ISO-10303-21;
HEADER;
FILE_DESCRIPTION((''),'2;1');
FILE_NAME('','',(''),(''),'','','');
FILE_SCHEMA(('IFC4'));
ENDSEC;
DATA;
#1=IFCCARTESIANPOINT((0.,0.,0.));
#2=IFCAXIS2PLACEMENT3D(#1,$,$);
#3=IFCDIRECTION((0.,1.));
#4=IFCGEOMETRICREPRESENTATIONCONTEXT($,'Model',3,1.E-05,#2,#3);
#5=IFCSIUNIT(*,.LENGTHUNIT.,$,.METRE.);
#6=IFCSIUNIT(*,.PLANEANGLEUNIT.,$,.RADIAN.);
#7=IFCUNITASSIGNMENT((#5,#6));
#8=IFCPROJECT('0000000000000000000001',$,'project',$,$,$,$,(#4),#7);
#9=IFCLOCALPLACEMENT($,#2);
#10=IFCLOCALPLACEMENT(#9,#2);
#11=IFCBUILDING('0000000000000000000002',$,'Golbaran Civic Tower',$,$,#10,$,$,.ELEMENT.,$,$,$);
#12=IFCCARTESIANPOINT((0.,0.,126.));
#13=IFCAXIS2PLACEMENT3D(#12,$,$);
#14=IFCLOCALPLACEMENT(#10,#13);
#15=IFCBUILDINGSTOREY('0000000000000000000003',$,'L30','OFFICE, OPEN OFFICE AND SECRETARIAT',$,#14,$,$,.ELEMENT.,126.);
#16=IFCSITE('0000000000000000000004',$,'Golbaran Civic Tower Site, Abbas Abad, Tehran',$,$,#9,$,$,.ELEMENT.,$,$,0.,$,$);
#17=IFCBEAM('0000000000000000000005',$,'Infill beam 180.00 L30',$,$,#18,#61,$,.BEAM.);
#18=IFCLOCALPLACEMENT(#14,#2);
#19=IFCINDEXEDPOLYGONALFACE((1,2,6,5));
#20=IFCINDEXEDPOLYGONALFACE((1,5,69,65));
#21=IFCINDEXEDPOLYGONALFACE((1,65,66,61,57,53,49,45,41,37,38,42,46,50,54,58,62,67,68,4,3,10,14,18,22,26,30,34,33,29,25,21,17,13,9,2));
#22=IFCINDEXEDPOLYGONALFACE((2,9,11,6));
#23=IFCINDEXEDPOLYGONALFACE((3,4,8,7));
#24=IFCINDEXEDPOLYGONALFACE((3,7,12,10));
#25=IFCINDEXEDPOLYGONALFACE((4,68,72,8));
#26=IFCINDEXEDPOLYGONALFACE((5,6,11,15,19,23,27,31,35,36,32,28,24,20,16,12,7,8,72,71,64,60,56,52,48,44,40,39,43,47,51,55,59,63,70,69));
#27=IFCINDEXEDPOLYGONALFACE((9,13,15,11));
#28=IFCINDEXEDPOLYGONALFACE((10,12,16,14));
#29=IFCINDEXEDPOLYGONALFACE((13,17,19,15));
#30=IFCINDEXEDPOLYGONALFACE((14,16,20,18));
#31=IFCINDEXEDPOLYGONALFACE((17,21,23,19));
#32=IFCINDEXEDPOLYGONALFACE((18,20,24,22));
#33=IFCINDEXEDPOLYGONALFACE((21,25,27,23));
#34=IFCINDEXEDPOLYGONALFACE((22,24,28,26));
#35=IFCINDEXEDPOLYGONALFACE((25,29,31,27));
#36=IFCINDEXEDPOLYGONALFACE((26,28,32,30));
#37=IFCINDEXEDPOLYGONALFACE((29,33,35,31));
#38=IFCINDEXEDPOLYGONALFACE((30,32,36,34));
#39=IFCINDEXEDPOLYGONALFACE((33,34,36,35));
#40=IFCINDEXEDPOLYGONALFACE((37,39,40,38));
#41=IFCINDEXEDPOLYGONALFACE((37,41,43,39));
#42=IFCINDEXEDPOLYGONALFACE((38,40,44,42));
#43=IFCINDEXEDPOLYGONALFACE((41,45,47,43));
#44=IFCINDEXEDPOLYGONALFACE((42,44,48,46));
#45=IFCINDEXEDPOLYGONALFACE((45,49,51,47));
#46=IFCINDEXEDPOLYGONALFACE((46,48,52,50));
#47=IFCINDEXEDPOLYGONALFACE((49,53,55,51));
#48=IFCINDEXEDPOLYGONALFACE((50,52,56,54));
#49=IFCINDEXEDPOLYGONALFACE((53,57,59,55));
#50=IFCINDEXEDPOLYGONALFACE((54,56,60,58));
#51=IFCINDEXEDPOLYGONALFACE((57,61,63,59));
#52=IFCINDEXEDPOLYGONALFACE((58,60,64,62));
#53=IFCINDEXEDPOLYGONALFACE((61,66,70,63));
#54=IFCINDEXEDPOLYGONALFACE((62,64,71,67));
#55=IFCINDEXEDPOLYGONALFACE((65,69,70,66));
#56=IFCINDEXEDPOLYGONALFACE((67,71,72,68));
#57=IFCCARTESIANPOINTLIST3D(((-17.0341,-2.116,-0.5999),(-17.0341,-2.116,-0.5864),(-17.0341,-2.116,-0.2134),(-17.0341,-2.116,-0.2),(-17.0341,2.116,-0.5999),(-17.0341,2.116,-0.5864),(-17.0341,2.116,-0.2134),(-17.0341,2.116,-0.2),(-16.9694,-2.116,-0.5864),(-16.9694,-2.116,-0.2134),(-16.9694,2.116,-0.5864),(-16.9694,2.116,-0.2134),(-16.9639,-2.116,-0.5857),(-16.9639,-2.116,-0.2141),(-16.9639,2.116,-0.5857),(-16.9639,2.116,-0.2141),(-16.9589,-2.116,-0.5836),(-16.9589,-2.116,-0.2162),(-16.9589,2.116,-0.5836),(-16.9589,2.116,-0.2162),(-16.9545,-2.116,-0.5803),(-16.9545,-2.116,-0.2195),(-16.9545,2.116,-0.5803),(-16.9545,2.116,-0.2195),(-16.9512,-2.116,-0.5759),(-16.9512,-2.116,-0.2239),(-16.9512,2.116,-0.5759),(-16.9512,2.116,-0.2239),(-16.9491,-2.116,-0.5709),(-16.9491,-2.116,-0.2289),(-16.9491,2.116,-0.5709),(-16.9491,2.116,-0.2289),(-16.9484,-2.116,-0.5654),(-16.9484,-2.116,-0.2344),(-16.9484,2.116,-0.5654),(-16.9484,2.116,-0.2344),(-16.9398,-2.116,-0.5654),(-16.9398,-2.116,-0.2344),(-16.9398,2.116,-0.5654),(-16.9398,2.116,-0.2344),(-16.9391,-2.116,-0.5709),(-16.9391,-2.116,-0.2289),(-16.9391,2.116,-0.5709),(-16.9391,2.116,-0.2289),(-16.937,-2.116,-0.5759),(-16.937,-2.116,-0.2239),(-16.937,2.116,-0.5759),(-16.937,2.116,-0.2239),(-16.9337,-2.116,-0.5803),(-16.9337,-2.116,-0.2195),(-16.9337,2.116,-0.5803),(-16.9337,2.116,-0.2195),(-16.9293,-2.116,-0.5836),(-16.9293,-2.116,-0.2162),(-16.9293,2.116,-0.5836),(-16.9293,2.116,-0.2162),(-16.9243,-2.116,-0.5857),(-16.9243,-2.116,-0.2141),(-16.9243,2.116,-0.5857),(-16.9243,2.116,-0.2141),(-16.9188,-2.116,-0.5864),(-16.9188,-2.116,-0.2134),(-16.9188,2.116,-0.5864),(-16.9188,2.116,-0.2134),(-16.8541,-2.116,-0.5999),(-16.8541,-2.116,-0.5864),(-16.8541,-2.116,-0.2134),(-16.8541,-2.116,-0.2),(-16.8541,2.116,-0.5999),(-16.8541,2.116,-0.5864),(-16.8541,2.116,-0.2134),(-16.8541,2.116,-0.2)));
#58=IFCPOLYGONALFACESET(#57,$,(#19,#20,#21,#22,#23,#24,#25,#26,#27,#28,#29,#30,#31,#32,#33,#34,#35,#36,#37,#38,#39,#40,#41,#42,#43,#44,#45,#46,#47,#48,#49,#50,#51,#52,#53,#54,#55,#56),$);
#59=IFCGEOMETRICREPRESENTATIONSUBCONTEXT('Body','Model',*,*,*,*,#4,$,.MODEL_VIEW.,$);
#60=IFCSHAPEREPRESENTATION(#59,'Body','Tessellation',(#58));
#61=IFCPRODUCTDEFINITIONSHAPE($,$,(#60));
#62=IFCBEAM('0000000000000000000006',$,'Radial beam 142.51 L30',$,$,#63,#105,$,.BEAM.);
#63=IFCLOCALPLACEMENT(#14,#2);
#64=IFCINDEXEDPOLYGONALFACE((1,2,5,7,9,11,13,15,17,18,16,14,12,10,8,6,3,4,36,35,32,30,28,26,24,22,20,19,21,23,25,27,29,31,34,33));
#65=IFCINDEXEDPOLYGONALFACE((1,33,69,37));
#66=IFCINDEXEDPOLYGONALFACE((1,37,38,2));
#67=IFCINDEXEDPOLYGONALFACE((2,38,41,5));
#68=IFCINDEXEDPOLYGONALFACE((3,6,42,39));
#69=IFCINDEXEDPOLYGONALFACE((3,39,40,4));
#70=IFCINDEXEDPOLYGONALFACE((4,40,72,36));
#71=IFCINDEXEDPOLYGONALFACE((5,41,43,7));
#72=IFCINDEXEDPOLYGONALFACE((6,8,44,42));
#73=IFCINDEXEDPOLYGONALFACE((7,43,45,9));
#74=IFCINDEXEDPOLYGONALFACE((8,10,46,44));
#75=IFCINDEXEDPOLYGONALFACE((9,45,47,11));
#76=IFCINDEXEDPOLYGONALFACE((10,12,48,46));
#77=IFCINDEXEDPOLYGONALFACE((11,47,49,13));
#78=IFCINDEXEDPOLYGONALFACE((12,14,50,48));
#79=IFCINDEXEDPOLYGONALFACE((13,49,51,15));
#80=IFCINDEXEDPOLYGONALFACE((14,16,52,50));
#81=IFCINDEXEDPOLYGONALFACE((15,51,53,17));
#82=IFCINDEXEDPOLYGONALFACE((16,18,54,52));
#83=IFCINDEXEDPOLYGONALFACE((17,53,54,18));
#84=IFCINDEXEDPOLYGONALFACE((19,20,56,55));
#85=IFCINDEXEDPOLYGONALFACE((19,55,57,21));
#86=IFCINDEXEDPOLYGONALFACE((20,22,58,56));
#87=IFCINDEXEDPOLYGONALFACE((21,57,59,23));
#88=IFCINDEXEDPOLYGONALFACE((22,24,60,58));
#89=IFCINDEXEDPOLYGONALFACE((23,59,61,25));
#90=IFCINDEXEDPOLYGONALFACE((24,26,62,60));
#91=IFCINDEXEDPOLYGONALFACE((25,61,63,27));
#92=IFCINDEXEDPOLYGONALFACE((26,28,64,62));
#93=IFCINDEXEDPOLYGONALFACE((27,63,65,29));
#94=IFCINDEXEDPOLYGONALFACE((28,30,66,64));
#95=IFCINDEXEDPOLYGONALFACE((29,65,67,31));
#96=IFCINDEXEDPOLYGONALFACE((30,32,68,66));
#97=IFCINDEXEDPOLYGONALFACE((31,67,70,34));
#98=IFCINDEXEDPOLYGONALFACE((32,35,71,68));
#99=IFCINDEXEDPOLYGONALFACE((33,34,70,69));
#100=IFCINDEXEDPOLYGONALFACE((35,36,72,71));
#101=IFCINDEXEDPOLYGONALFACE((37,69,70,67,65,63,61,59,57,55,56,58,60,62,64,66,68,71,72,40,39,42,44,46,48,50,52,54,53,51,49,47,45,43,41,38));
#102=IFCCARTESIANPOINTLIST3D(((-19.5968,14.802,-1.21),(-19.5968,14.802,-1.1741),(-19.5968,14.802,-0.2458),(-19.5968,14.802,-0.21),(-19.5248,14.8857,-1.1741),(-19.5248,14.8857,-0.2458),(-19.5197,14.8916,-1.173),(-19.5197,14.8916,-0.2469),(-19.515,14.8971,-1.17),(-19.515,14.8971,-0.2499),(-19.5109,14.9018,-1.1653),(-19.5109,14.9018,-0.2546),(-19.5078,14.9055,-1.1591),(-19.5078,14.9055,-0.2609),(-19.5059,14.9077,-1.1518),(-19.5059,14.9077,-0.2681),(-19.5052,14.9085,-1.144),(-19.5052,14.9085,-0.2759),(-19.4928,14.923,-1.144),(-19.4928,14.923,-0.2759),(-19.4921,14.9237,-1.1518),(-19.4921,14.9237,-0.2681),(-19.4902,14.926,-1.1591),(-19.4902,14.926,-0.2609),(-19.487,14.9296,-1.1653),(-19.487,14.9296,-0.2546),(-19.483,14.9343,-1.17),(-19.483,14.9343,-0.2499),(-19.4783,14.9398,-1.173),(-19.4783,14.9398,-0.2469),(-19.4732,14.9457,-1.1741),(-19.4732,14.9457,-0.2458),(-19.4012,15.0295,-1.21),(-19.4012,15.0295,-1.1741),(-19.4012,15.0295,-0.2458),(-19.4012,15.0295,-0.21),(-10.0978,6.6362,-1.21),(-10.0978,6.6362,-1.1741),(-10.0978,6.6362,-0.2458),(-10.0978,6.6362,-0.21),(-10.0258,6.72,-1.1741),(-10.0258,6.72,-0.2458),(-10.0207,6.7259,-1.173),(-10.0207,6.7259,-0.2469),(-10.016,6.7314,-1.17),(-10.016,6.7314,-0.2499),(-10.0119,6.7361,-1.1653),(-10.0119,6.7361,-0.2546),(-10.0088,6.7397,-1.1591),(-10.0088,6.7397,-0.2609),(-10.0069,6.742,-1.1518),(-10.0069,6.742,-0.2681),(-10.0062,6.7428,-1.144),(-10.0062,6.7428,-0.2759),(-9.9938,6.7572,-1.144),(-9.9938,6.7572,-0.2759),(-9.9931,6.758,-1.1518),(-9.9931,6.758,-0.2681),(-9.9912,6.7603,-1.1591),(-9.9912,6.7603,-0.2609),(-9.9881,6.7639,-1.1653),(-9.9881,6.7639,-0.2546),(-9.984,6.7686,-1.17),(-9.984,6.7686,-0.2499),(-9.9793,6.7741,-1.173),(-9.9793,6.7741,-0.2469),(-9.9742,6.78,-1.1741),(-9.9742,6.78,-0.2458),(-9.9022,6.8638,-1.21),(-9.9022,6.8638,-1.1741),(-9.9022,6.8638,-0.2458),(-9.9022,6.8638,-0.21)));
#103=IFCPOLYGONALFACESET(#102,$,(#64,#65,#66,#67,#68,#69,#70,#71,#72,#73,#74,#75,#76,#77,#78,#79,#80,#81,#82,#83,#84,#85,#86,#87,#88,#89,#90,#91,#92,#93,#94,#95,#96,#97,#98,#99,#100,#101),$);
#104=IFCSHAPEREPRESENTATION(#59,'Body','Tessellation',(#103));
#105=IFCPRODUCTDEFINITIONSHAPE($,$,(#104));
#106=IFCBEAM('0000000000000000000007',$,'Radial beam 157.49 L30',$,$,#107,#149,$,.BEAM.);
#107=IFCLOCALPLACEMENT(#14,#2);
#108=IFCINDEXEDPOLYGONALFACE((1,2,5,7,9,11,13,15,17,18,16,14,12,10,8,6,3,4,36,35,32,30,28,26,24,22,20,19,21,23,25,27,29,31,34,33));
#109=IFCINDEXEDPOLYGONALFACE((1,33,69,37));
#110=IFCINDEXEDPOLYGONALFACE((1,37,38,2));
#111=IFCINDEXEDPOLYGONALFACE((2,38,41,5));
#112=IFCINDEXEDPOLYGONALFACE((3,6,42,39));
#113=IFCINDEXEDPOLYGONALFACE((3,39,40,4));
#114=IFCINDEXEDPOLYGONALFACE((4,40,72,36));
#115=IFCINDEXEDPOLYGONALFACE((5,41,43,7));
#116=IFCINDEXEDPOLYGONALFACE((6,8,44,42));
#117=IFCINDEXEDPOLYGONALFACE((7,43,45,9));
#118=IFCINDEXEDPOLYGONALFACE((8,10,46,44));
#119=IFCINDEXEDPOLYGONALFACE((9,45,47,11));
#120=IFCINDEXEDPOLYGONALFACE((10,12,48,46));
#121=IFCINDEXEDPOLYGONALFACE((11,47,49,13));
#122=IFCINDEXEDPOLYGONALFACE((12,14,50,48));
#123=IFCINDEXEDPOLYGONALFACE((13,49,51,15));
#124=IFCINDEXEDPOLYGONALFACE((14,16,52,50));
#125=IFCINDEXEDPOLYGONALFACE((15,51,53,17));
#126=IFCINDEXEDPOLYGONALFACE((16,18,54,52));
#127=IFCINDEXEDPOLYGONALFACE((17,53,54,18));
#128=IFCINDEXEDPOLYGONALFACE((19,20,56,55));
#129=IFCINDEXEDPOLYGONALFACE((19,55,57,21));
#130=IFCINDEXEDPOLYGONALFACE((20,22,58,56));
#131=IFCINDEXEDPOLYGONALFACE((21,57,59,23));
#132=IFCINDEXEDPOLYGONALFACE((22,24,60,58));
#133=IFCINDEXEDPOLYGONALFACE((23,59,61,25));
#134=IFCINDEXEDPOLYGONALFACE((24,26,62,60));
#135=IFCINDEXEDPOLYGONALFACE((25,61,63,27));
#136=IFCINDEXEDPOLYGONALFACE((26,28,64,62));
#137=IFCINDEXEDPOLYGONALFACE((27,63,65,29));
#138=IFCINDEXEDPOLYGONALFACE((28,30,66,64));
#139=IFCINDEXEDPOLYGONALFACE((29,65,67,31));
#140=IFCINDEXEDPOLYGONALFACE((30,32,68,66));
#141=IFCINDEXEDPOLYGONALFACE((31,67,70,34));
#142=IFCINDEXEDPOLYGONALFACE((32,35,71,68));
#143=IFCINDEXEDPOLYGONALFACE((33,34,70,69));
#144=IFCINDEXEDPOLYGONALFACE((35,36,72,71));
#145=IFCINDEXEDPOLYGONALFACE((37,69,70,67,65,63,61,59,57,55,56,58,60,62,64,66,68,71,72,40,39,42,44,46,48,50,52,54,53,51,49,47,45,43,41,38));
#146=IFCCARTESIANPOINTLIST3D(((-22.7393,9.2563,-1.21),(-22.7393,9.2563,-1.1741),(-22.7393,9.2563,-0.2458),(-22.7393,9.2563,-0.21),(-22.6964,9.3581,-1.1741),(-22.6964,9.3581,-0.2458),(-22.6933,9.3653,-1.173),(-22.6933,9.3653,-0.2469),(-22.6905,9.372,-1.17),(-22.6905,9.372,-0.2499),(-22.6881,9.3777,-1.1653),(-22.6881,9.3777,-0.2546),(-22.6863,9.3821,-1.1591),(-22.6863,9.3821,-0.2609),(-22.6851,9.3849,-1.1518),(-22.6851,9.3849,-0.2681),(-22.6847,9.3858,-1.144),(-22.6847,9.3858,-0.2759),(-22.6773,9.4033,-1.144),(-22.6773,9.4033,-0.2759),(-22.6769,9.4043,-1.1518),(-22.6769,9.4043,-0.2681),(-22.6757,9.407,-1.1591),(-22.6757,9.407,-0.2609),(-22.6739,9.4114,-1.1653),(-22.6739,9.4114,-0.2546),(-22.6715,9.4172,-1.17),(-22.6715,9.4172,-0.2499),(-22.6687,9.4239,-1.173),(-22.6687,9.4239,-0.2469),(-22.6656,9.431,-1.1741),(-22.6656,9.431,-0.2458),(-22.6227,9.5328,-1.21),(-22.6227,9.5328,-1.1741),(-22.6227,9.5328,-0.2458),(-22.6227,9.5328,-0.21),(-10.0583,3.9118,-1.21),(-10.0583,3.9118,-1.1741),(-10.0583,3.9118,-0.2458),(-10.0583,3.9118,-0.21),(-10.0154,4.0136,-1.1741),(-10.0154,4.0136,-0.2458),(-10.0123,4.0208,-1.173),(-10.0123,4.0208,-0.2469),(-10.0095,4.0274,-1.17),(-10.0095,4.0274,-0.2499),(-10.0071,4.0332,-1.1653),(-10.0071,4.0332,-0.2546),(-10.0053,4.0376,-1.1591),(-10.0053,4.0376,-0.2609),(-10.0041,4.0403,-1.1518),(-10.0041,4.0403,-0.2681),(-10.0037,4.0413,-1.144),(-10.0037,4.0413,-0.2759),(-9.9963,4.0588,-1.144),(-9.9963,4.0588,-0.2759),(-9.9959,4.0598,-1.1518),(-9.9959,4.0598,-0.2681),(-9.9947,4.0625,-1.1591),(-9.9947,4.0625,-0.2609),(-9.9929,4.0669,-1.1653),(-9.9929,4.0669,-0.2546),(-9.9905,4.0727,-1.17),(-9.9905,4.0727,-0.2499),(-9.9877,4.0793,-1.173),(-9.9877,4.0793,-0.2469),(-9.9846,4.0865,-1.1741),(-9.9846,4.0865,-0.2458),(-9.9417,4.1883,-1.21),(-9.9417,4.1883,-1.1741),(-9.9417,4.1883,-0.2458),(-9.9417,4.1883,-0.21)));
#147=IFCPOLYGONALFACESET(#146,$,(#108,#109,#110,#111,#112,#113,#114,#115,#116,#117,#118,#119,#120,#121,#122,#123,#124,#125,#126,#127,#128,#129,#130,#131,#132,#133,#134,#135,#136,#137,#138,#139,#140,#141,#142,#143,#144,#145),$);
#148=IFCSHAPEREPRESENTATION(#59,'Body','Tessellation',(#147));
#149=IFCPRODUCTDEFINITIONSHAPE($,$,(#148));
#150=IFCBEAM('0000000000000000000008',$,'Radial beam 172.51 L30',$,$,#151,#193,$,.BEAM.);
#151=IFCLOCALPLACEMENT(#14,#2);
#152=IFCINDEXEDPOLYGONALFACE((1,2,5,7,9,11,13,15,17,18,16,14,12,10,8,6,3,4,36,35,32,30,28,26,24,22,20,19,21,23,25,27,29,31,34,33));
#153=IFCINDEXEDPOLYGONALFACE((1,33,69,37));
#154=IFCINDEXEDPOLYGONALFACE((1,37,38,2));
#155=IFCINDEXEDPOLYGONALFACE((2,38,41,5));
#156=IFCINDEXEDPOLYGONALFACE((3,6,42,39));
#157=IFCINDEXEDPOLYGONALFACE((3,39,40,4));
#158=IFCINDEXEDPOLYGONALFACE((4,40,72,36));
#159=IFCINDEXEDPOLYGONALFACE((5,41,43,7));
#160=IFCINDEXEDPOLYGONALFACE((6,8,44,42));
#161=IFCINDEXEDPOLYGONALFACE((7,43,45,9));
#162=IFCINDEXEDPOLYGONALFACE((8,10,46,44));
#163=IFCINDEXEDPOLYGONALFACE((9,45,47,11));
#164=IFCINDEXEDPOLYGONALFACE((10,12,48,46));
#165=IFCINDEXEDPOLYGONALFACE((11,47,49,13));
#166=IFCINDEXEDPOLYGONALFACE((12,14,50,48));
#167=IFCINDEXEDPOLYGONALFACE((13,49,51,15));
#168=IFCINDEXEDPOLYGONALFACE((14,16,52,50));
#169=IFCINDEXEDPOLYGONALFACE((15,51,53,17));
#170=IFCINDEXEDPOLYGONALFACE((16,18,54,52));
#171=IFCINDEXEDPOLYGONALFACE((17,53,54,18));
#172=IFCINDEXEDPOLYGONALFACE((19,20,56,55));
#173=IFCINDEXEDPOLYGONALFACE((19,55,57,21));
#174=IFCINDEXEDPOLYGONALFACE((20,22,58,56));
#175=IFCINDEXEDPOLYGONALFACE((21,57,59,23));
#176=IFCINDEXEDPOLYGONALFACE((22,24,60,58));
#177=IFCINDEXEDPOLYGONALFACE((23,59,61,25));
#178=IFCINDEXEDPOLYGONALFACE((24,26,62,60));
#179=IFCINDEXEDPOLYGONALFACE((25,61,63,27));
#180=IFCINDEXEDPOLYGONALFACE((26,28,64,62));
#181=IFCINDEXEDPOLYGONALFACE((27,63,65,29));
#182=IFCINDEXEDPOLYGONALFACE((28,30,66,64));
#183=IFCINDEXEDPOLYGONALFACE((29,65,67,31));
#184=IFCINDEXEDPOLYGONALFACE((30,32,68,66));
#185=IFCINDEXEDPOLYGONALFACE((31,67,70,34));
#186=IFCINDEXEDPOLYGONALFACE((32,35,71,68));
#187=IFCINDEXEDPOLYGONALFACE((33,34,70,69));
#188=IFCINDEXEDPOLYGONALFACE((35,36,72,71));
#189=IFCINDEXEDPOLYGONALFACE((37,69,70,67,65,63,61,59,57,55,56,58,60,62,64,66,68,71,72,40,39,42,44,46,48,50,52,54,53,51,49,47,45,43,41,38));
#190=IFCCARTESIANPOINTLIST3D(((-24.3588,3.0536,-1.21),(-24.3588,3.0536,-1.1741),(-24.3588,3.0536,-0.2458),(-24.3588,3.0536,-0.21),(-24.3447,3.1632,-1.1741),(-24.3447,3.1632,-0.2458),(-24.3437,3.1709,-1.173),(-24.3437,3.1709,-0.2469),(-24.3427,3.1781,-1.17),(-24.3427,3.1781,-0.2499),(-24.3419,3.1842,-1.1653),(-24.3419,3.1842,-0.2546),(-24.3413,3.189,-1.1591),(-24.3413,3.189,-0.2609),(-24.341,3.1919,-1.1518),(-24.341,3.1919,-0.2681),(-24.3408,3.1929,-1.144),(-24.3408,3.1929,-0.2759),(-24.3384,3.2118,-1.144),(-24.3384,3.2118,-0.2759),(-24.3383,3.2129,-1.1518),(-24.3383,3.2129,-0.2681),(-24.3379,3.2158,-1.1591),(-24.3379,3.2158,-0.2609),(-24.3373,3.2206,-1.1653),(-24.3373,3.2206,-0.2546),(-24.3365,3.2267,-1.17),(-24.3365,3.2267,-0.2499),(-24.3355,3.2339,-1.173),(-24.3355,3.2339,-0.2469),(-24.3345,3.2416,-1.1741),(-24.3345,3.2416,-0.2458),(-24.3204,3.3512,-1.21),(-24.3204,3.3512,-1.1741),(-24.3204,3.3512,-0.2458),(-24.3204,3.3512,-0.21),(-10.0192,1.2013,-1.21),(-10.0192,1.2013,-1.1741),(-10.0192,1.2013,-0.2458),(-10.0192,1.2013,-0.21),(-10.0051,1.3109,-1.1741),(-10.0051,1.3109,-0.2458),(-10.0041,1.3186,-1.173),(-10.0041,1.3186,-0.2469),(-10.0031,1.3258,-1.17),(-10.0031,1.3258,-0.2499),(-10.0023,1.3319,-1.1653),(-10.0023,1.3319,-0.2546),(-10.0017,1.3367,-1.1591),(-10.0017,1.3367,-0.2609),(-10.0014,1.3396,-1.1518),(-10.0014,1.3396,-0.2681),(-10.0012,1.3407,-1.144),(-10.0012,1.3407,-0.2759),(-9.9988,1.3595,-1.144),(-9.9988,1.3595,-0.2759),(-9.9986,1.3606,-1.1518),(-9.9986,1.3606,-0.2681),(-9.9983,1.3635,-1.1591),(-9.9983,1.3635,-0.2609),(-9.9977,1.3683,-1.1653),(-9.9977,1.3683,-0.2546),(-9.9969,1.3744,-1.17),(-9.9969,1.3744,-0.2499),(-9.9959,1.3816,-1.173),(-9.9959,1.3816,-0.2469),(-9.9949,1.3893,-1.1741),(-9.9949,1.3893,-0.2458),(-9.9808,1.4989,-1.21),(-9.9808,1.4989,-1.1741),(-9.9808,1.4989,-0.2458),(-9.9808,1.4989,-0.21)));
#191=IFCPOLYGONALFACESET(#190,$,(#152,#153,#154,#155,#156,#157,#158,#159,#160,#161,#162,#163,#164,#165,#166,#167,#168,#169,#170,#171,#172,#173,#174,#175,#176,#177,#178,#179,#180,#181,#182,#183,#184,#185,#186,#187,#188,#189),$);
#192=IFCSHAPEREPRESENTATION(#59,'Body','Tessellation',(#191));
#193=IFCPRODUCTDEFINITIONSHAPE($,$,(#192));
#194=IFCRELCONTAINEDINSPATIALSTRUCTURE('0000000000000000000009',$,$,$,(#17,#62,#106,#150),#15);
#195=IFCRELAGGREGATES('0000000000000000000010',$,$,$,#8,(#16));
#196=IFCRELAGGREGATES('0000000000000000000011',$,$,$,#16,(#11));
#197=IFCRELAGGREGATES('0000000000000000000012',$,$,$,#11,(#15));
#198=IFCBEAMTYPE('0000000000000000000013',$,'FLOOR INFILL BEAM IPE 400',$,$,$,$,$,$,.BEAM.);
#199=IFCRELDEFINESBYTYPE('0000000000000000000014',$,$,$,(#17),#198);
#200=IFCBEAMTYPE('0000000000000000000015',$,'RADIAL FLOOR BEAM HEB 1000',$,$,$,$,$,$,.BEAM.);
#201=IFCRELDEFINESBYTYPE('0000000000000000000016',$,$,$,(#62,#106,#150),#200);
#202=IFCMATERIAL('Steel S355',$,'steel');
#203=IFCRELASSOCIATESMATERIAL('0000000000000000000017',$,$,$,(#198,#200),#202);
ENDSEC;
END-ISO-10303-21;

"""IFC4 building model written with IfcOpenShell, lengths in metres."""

from ifc_helpers import new_model, si_unit, direction, frame, origin, origin_2d, place, context, subcontext, project, spatial, i_section, extrude, material, material_profile, profile_set, type_object, element, save


model = new_model("IFC4")

# Units and contexts
model_context = context("Model", 3, precision=1e-05, world=origin(), true_north=direction((0.0, 1.0)))
body_context = subcontext(model_context, "Body", "Model", "MODEL_VIEW")
ifc_project = project(units=[si_unit("LENGTHUNIT", "METRE"), si_unit("PLANEANGLEUNIT", "RADIAN")], contexts=[model_context])

# Site, building, storey
site_placement = place(None, origin())
site = spatial("IfcSite", under=ifc_project, at=site_placement, Name="Golbaran Civic Tower Site, Abbas Abad, Tehran", CompositionType="ELEMENT", RefElevation=0.0)
building_placement = place(site_placement, origin())
building = spatial("IfcBuilding", under=site, at=building_placement, Name="Golbaran Civic Tower", CompositionType="ELEMENT")
storey_placement = place(building_placement, frame((0.0, 0.0, 126.0)))
storey = spatial("IfcBuildingStorey", under=building, at=storey_placement, Name="L30", Description="OFFICE, OPEN OFFICE AND SECRETARIAT", CompositionType="ELEMENT", Elevation=126.0)

# Beams
ifc_material_1 = material(Name="Steel S355", Category="steel")
ifc_material_profile_1 = material_profile(ifc_material_1, i_section(OverallWidth=0.1799, OverallDepth=0.3999, WebThickness=0.0085, FlangeThickness=0.0134, FilletRadius=0.021, at=origin_2d()), Name="IPE 400")
ifc_profile_set_1 = profile_set([ifc_material_profile_1], Name="Steel S355")
beam_type_1 = type_object("IfcBeamType", Name="FLOOR INFILL BEAM IPE 400", PredefinedType="BEAM", material=ifc_profile_set_1)
beam_1_placement = place(storey_placement, frame((-16.9441, 2.116, -0.3999), z_axis=(0.0, -1.0, 0.0), x_axis=(1.0, 0.0, 0.0)))
element("IfcBeam", 1, at=beam_1_placement, inside=storey, type_object=beam_type_1, Name="Infill beam 180.00 L30", PredefinedType="BEAM", context=body_context, shape_type="SweptSolid", body=[
    extrude(i_section(OverallWidth=0.1799, OverallDepth=0.3999, WebThickness=0.0085, FlangeThickness=0.0134, FilletRadius=0.021, at=origin_2d()), origin(), (0.0, 0.0, 1.0), 4.2319),
])
ifc_material_profile_2 = material_profile(ifc_material_1, i_section(OverallWidth=0.3, OverallDepth=1.0, WebThickness=0.019, FlangeThickness=0.0359, FilletRadius=0.03, at=origin_2d()), Name="HEB 1000")
ifc_profile_set_2 = profile_set([ifc_material_profile_2], Name="Steel S355")
beam_type_2 = type_object("IfcBeamType", Name="RADIAL FLOOR BEAM HEB 1000", PredefinedType="BEAM", material=ifc_profile_set_2)
beam_2_placement = place(storey_placement, frame((-10.0, 6.75, -0.71), z_axis=(-0.758319, 0.651884, 0.0), x_axis=(-0.651884, -0.758319, 0.0)))
element("IfcBeam", 2, at=beam_2_placement, inside=storey, type_object=beam_type_2, Name="Radial beam 142.51 L30", PredefinedType="BEAM", context=body_context, shape_type="SweptSolid", body=[
    extrude(i_section(OverallWidth=0.3, OverallDepth=1.0, WebThickness=0.019, FlangeThickness=0.0359, FilletRadius=0.03, at=origin_2d()), origin(), (0.0, 0.0, 1.0), 12.5264),
])
beam_3_placement = place(storey_placement, frame((-10.0, 4.05, -0.71), z_axis=(-0.921501, 0.388375, 0.0), x_axis=(-0.388375, -0.921501, 0.0)))
element("IfcBeam", 3, at=beam_3_placement, inside=storey, type_object=beam_type_2, Name="Radial beam 157.49 L30", PredefinedType="BEAM", context=body_context, shape_type="SweptSolid", body=[
    extrude(i_section(OverallWidth=0.3, OverallDepth=1.0, WebThickness=0.019, FlangeThickness=0.0359, FilletRadius=0.03, at=origin_2d()), origin(), (0.0, 0.0, 1.0), 13.7612),
])
beam_4_placement = place(storey_placement, frame((-10.0, 1.3501, -0.71), z_axis=(-0.99176, 0.128109, 0.0), x_axis=(-0.128109, -0.99176, 0.0)))
element("IfcBeam", 4, at=beam_4_placement, inside=storey, type_object=beam_type_2, Name="Radial beam 172.51 L30", PredefinedType="BEAM", context=body_context, shape_type="SweptSolid", body=[
    extrude(i_section(OverallWidth=0.3, OverallDepth=1.0, WebThickness=0.019, FlangeThickness=0.0359, FilletRadius=0.03, at=origin_2d()), origin(), (0.0, 0.0, 1.0), 14.4587),
])

save(model, "model.ifc")
